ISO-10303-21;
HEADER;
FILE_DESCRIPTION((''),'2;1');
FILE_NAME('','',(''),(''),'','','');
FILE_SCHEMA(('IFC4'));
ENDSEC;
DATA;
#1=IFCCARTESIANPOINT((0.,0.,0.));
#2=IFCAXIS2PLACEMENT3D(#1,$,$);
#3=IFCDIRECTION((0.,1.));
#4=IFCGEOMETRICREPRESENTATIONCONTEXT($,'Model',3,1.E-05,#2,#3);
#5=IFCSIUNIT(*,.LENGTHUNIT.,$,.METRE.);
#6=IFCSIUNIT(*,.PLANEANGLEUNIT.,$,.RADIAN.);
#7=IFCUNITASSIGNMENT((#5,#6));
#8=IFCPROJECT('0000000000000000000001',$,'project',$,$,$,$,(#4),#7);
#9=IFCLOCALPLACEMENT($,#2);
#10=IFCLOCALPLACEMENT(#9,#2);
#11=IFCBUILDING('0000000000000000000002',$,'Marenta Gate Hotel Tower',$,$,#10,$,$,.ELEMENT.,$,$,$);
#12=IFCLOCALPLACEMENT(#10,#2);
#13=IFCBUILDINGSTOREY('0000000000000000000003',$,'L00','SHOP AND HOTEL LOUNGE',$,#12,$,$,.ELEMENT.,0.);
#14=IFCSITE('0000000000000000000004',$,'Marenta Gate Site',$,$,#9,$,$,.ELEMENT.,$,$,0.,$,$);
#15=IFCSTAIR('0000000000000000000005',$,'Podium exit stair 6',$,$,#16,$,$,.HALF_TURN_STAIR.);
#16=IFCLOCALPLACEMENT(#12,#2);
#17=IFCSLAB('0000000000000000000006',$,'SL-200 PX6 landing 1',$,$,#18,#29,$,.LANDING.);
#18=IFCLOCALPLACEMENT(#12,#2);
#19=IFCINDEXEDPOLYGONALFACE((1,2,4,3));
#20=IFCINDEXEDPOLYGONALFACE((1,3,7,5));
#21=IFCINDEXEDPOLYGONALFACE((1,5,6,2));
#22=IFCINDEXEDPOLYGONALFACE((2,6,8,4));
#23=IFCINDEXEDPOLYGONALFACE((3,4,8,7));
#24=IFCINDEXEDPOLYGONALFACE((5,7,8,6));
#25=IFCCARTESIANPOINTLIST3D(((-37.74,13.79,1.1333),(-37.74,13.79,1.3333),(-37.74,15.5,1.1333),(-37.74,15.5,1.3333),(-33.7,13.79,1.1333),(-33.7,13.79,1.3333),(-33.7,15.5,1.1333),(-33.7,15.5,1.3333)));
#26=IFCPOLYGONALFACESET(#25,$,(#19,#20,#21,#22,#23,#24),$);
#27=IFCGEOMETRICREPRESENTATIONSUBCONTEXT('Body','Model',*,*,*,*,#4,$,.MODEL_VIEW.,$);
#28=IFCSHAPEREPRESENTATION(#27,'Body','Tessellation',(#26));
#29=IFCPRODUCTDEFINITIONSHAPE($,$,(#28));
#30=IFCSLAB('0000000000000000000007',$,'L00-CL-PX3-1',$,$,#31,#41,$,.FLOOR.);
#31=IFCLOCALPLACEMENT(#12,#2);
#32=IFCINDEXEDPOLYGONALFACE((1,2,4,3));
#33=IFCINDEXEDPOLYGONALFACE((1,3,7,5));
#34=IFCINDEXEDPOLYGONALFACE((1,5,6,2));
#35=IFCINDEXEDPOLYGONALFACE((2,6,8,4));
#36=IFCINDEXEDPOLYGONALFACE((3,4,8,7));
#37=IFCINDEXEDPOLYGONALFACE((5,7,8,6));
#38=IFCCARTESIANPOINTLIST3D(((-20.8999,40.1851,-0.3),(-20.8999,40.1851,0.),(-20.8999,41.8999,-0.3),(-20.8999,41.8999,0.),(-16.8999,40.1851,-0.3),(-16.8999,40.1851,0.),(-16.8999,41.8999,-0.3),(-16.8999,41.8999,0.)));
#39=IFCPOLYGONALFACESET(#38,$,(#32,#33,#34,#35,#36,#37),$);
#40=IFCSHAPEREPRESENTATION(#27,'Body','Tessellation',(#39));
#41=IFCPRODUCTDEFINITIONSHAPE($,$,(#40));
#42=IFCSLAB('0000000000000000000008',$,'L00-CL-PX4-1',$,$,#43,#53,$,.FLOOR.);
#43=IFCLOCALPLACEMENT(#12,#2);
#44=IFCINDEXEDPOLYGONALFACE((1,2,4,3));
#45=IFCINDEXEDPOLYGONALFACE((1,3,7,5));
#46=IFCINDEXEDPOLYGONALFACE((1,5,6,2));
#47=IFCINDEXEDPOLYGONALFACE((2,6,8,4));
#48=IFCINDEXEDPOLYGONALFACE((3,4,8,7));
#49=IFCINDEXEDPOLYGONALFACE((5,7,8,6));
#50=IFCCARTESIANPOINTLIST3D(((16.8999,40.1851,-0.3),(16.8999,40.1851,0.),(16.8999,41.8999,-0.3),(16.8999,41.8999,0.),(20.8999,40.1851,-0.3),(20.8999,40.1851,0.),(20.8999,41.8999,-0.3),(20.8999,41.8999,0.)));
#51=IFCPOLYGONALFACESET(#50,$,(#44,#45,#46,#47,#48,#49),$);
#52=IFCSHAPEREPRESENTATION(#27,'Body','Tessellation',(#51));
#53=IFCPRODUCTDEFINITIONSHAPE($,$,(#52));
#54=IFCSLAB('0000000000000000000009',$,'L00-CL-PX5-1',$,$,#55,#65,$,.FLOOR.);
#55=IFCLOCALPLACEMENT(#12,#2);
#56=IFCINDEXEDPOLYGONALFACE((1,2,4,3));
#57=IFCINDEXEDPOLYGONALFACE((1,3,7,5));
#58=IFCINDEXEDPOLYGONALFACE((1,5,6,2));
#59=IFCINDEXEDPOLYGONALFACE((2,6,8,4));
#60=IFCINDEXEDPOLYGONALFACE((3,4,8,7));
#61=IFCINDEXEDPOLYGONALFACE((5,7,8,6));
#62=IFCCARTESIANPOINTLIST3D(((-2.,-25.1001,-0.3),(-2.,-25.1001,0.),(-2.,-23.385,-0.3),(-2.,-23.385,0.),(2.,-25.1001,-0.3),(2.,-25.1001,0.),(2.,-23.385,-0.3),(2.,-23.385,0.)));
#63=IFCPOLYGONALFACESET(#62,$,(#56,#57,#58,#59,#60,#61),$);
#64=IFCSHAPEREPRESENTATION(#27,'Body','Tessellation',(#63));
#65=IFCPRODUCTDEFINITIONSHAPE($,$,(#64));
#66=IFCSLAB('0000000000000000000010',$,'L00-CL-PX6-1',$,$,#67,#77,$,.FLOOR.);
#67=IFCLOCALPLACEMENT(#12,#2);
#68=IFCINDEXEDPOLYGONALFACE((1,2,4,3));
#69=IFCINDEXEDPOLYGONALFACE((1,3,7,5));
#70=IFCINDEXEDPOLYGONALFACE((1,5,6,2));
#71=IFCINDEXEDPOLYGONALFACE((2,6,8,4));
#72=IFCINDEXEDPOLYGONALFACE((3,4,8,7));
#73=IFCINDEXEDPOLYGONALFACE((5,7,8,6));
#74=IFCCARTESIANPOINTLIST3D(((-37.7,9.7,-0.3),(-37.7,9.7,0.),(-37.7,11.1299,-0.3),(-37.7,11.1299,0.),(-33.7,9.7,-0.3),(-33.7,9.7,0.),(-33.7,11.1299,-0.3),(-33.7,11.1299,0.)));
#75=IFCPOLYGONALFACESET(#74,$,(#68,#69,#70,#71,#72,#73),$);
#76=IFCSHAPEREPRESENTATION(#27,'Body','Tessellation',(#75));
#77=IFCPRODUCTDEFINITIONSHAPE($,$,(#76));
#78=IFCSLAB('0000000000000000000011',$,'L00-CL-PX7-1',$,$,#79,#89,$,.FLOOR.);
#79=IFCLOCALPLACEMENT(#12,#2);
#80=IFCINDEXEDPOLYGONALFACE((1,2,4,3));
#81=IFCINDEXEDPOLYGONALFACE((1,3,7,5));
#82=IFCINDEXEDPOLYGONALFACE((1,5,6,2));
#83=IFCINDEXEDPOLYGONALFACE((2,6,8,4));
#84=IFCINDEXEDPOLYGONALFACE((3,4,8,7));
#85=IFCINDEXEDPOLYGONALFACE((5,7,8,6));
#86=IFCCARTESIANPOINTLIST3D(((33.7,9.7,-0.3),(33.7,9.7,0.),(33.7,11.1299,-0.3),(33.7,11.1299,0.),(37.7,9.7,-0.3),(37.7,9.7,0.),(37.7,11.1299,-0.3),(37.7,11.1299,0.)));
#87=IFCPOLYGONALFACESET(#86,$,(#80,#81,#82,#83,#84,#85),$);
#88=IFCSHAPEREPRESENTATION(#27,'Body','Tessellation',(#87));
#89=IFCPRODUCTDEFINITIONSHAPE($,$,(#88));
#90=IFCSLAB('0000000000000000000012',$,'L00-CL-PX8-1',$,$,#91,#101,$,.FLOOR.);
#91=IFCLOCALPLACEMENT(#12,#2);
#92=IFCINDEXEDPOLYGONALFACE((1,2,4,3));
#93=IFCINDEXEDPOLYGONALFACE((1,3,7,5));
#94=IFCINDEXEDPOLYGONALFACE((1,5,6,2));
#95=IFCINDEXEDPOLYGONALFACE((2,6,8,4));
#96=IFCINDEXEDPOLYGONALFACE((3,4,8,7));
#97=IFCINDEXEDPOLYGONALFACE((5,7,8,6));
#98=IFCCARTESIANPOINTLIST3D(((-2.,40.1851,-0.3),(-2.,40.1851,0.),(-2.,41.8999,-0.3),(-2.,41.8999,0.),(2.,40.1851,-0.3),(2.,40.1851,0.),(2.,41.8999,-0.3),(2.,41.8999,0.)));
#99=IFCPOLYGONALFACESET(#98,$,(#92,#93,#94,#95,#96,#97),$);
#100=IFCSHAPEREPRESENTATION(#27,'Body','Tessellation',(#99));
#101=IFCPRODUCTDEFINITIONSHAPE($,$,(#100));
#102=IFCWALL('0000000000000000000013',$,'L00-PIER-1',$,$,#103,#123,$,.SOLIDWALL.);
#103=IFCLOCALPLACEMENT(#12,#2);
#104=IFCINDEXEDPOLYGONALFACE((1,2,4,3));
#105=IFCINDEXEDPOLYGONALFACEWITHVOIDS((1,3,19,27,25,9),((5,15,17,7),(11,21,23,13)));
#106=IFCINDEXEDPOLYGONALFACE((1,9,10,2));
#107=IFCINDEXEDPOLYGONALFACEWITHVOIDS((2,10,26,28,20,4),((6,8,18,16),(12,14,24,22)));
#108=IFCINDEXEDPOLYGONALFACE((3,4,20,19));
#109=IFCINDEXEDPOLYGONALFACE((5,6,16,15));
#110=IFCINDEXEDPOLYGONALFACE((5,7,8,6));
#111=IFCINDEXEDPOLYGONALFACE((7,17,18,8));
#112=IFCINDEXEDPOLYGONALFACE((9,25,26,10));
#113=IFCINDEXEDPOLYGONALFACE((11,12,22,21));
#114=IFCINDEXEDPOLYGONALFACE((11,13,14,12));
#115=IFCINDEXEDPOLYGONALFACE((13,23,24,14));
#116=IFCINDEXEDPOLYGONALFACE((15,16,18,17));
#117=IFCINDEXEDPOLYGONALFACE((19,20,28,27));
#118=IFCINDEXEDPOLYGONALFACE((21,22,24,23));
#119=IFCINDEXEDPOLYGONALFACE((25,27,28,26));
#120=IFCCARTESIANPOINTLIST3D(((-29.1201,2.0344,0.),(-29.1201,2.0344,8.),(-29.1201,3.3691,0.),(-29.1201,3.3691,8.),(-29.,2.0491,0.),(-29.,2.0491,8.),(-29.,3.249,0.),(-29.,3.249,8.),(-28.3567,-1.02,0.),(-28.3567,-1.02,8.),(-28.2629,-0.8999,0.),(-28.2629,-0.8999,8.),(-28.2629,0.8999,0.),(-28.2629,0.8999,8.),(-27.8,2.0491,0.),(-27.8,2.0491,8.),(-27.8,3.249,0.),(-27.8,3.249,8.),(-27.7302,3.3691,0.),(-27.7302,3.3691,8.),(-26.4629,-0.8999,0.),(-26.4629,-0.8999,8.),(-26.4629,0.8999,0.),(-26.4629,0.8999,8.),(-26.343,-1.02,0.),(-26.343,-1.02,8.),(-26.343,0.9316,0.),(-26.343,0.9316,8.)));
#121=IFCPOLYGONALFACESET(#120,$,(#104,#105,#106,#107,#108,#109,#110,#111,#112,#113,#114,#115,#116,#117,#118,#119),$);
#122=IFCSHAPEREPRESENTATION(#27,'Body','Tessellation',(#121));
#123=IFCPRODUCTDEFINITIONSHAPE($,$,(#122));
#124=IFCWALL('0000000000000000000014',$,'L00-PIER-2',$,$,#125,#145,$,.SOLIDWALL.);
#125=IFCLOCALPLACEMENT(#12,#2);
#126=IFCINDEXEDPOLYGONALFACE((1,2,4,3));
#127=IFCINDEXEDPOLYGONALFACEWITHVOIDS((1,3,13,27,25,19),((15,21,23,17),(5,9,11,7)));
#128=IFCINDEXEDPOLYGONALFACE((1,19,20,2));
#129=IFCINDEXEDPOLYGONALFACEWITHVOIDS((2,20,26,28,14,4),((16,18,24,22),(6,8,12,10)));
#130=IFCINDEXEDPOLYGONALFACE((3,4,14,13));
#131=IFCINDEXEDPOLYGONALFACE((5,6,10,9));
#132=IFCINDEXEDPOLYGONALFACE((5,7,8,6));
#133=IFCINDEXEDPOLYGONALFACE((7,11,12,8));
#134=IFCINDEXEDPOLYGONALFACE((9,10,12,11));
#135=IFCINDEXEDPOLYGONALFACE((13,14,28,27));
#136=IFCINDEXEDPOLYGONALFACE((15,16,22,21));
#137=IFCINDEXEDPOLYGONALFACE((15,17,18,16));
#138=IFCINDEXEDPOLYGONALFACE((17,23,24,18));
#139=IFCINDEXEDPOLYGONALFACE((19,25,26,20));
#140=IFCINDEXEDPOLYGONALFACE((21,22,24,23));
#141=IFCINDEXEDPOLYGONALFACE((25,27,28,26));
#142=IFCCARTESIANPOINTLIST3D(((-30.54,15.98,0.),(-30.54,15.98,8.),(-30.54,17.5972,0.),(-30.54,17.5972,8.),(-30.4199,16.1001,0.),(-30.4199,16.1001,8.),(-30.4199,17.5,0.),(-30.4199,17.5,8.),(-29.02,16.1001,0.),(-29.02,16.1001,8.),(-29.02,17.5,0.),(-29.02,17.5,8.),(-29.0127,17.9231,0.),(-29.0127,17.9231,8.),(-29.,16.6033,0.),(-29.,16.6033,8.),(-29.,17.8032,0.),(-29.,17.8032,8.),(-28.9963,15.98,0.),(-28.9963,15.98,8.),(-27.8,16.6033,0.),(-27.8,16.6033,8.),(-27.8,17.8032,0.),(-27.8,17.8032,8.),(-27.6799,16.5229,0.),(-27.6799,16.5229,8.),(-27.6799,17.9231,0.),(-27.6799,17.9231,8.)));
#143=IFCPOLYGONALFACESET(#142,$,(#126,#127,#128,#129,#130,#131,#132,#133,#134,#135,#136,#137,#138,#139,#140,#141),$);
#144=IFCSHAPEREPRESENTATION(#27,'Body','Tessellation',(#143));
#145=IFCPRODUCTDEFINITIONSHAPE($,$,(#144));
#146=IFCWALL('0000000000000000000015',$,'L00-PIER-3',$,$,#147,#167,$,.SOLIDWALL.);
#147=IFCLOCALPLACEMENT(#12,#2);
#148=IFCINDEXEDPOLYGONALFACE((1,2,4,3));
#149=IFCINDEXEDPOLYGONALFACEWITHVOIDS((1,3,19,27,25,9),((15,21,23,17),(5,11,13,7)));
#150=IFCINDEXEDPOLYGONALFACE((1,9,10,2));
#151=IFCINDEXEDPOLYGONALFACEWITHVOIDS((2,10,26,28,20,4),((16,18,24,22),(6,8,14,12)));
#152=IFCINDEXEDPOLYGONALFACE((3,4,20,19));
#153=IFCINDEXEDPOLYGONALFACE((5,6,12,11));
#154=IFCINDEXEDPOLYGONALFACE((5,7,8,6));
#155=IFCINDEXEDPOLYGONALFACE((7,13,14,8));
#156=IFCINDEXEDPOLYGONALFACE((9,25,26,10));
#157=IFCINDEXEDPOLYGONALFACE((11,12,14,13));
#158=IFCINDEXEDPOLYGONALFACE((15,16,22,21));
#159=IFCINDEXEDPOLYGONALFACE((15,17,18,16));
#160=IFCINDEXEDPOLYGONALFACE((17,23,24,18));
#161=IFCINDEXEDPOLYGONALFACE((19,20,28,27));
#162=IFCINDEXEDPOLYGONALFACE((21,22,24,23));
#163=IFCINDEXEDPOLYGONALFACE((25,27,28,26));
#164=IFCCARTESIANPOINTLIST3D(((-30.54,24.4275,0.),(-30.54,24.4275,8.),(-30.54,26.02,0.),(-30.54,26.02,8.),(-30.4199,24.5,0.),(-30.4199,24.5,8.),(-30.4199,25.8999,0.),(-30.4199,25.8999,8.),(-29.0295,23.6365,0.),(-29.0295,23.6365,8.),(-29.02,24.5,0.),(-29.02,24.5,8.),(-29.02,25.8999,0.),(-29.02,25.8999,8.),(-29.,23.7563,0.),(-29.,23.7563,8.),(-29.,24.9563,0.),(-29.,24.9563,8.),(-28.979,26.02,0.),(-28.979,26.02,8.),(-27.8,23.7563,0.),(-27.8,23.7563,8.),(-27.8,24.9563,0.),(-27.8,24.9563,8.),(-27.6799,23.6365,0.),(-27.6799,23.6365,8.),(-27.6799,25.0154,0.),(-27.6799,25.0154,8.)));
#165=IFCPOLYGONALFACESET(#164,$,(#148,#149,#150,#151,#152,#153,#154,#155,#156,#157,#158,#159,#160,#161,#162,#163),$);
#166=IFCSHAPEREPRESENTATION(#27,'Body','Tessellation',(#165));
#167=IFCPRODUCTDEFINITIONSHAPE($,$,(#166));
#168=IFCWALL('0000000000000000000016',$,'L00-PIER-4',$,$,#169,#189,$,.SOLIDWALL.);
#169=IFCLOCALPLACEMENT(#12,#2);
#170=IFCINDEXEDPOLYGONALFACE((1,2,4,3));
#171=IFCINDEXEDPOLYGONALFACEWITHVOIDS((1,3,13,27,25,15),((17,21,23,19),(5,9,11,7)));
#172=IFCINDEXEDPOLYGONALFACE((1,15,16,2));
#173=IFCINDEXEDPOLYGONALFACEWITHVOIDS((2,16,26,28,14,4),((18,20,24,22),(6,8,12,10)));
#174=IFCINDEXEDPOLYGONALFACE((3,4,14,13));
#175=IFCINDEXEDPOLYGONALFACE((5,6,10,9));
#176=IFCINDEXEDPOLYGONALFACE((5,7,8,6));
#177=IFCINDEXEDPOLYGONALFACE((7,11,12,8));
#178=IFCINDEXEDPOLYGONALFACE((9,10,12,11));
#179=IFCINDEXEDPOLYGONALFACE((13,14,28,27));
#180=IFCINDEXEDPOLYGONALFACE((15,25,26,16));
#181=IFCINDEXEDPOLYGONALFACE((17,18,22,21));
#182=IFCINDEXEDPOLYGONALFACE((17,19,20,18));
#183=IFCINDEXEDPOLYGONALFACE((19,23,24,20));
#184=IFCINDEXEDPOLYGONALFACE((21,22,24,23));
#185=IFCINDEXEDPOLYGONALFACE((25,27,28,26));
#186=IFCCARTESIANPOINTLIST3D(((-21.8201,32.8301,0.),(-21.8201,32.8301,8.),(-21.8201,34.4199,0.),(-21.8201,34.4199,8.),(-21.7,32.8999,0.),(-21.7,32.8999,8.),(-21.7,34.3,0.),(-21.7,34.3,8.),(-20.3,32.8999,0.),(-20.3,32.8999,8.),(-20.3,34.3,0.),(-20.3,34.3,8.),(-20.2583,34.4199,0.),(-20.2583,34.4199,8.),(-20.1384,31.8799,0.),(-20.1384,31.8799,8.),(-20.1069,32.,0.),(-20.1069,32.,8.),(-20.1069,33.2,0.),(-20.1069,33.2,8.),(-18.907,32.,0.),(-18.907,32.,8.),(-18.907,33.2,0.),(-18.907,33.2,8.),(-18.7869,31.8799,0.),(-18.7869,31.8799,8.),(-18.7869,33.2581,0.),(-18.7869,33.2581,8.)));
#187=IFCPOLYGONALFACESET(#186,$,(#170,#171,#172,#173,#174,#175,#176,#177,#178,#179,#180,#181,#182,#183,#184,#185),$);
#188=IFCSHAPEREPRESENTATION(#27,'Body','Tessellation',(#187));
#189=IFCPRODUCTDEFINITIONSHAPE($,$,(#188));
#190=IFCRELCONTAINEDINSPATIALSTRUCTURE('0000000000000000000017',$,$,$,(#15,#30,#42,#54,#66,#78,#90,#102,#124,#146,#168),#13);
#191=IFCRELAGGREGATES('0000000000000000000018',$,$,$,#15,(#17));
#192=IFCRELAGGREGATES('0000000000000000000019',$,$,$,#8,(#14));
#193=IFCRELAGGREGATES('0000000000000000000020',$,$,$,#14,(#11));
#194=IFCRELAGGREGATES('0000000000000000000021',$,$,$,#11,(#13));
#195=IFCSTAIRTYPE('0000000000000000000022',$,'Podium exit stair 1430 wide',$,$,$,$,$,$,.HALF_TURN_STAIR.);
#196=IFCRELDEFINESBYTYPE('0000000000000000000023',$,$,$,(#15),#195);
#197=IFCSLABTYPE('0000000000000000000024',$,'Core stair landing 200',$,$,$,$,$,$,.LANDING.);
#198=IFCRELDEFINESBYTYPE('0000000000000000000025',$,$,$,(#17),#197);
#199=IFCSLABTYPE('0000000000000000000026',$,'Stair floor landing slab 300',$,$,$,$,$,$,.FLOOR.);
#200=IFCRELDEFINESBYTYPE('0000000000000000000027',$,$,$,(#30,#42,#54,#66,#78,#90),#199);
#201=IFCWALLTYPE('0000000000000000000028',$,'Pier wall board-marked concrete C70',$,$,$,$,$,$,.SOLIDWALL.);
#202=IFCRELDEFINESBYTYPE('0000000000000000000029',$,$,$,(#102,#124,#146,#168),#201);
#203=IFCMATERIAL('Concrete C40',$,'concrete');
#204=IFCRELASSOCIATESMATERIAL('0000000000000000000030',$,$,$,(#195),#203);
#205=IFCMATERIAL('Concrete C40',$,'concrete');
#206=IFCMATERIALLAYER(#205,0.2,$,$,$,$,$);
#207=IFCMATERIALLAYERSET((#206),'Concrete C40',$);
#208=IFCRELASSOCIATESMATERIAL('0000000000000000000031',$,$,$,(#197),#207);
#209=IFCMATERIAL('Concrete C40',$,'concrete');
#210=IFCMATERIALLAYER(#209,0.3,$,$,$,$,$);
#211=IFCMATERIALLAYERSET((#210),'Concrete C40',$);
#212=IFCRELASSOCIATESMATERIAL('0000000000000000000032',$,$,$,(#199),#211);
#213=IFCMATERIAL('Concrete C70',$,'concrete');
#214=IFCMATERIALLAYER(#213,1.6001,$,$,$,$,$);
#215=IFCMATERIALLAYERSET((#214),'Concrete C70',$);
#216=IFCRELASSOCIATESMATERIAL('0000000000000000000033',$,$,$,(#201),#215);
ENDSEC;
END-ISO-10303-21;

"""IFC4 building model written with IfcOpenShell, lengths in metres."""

from ifc_helpers import new_model, si_unit, direction, frame, origin, place, context, subcontext, project, spatial, polyline, outline, extrude, material, layer, layer_set, type_object, element, aggregate, save


model = new_model("IFC4")

# Units and contexts
model_context = context("Model", 3, precision=1e-05, world=origin(), true_north=direction((0.0, 1.0)))
body_context = subcontext(model_context, "Body", "Model", "MODEL_VIEW")
ifc_project = project(units=[si_unit("LENGTHUNIT", "METRE"), si_unit("PLANEANGLEUNIT", "RADIAN")], contexts=[model_context])

# Site, building, storey
site_placement = place(None, origin())
site = spatial("IfcSite", under=ifc_project, at=site_placement, Name="Marenta Gate Site", CompositionType="ELEMENT", RefElevation=0.0)
building_placement = place(site_placement, origin())
building = spatial("IfcBuilding", under=site, at=building_placement, Name="Marenta Gate Hotel Tower", CompositionType="ELEMENT")
storey_placement = place(building_placement, origin())
storey = spatial("IfcBuildingStorey", under=building, at=storey_placement, Name="L00", Description="SHOP AND HOTEL LOUNGE", CompositionType="ELEMENT", Elevation=0.0)

# Stair, slab
ifc_material_1 = material(Name="Concrete C40", Category="concrete")
stair_type = type_object("IfcStairType", Name="Podium exit stair 1430 wide", PredefinedType="HALF_TURN_STAIR", material=ifc_material_1)
ifc_material_2 = material(Name="Concrete C40", Category="concrete")
ifc_layer_1 = layer(ifc_material_2, 0.2)
ifc_layer_set_1 = layer_set([ifc_layer_1], Name="Concrete C40")
slab_type_1 = type_object("IfcSlabType", Name="Core stair landing 200", PredefinedType="LANDING", material=ifc_layer_set_1)
stair_1_placement = place(storey_placement, origin())
stair_1 = element("IfcStair", 1, at=stair_1_placement, inside=storey, type_object=stair_type, Name="Podium exit stair 6", PredefinedType="HALF_TURN_STAIR")
slab_1_placement = place(storey_placement, frame((0.0, 0.0, 1.1333)))
slab_1 = element("IfcSlab", 2, at=slab_1_placement, type_object=slab_type_1, Name="SL-200 PX6 landing 1", PredefinedType="LANDING", context=body_context, shape_type="SweptSolid", body=[
    extrude(outline(polyline([(-37.74, 13.79), (-33.7, 13.79), (-33.7, 15.5), (-37.74, 15.5), (-37.74, 13.79)])), origin(), (0.0, 0.0, 1.0), 0.2),
])
aggregate(stair_1, [slab_1])

# Slabs
ifc_material_3 = material(Name="Concrete C40", Category="concrete")
ifc_layer_2 = layer(ifc_material_3, 0.3)
ifc_layer_set_2 = layer_set([ifc_layer_2], Name="Concrete C40")
slab_type_2 = type_object("IfcSlabType", Name="Stair floor landing slab 300", PredefinedType="FLOOR", material=ifc_layer_set_2)
slab_2_placement = place(storey_placement, frame((0.0, 0.0, -0.3)))
element("IfcSlab", 3, at=slab_2_placement, inside=storey, type_object=slab_type_2, Name="L00-CL-PX3-1", PredefinedType="FLOOR", context=body_context, shape_type="SweptSolid", body=[
    extrude(outline(polyline([(-16.8999, 40.1851), (-20.8999, 40.1851), (-20.8999, 41.8999), (-16.8999, 41.8999), (-16.8999, 40.1851)])), origin(), (0.0, 0.0, 1.0), 0.3),
])
slab_3_placement = place(storey_placement, frame((0.0, 0.0, -0.3)))
element("IfcSlab", 4, at=slab_3_placement, inside=storey, type_object=slab_type_2, Name="L00-CL-PX4-1", PredefinedType="FLOOR", context=body_context, shape_type="SweptSolid", body=[
    extrude(outline(polyline([(20.8999, 40.1851), (16.8999, 40.1851), (16.8999, 41.8999), (20.8999, 41.8999), (20.8999, 40.1851)])), origin(), (0.0, 0.0, 1.0), 0.3),
])
slab_4_placement = place(storey_placement, frame((0.0, 0.0, -0.3)))
element("IfcSlab", 5, at=slab_4_placement, inside=storey, type_object=slab_type_2, Name="L00-CL-PX5-1", PredefinedType="FLOOR", context=body_context, shape_type="SweptSolid", body=[
    extrude(outline(polyline([(2.0, -25.1001), (-2.0, -25.1001), (-2.0, -23.385), (2.0, -23.385), (2.0, -25.1001)])), origin(), (0.0, 0.0, 1.0), 0.3),
])
slab_5_placement = place(storey_placement, frame((0.0, 0.0, -0.3)))
element("IfcSlab", 6, at=slab_5_placement, inside=storey, type_object=slab_type_2, Name="L00-CL-PX6-1", PredefinedType="FLOOR", context=body_context, shape_type="SweptSolid", body=[
    extrude(outline(polyline([(-33.7, 9.7), (-37.7, 9.7), (-37.7, 11.1299), (-33.7, 11.1299), (-33.7, 9.7)])), origin(), (0.0, 0.0, 1.0), 0.3),
])
slab_6_placement = place(storey_placement, frame((0.0, 0.0, -0.3)))
element("IfcSlab", 7, at=slab_6_placement, inside=storey, type_object=slab_type_2, Name="L00-CL-PX7-1", PredefinedType="FLOOR", context=body_context, shape_type="SweptSolid", body=[
    extrude(outline(polyline([(37.7, 9.7), (33.7, 9.7), (33.7, 11.1299), (37.7, 11.1299), (37.7, 9.7)])), origin(), (0.0, 0.0, 1.0), 0.3),
])
slab_7_placement = place(storey_placement, frame((0.0, 0.0, -0.3)))
element("IfcSlab", 8, at=slab_7_placement, inside=storey, type_object=slab_type_2, Name="L00-CL-PX8-1", PredefinedType="FLOOR", context=body_context, shape_type="SweptSolid", body=[
    extrude(outline(polyline([(2.0, 40.1851), (-2.0, 40.1851), (-2.0, 41.8999), (2.0, 41.8999), (2.0, 40.1851)])), origin(), (0.0, 0.0, 1.0), 0.3),
])

# Walls
ifc_material_4 = material(Name="Concrete C70", Category="concrete")
ifc_layer_3 = layer(ifc_material_4, 1.6001)
ifc_layer_set_3 = layer_set([ifc_layer_3], Name="Concrete C70")
wall_type = type_object("IfcWallType", Name="Pier wall board-marked concrete C70", PredefinedType="SOLIDWALL", material=ifc_layer_set_3)
wall_1_placement = place(storey_placement, origin())
element("IfcWall", 9, at=wall_1_placement, inside=storey, type_object=wall_type, Name="L00-PIER-1", PredefinedType="SOLIDWALL", context=body_context, shape_type="SweptSolid", body=[
    extrude(outline(polyline([(-29.1201, 3.3691), (-27.7302, 3.3691), (-26.343, 0.9316), (-26.343, -1.02), (-28.3567, -1.02), (-29.1201, 2.0344), (-29.1201, 3.3691)]), holes=[polyline([(-26.4629, -0.8999), (-26.4629, 0.8999), (-28.2629, 0.8999), (-28.2629, -0.8999), (-26.4629, -0.8999)]), polyline([(-27.8, 2.0491), (-27.8, 3.249), (-29.0, 3.249), (-29.0, 2.0491), (-27.8, 2.0491)])]), origin(), (0.0, 0.0, 1.0), 8.0),
])
wall_2_placement = place(storey_placement, origin())
element("IfcWall", 10, at=wall_2_placement, inside=storey, type_object=wall_type, Name="L00-PIER-2", PredefinedType="SOLIDWALL", context=body_context, shape_type="SweptSolid", body=[
    extrude(outline(polyline([(-30.54, 17.5972), (-29.0127, 17.9231), (-27.6799, 17.9231), (-27.6799, 16.5229), (-28.9963, 15.98), (-30.54, 15.98), (-30.54, 17.5972)]), holes=[polyline([(-29.0, 16.6033), (-27.8, 16.6033), (-27.8, 17.8032), (-29.0, 17.8032), (-29.0, 16.6033)]), polyline([(-30.4199, 16.1001), (-29.02, 16.1001), (-29.02, 17.5), (-30.4199, 17.5), (-30.4199, 16.1001)])]), origin(), (0.0, 0.0, 1.0), 8.0),
])
wall_3_placement = place(storey_placement, origin())
element("IfcWall", 11, at=wall_3_placement, inside=storey, type_object=wall_type, Name="L00-PIER-3", PredefinedType="SOLIDWALL", context=body_context, shape_type="SweptSolid", body=[
    extrude(outline(polyline([(-30.54, 24.4275), (-30.54, 26.02), (-28.979, 26.02), (-27.6799, 25.0154), (-27.6799, 23.6365), (-29.0295, 23.6365), (-30.54, 24.4275)]), holes=[polyline([(-29.0, 23.7563), (-27.8, 23.7563), (-27.8, 24.9563), (-29.0, 24.9563), (-29.0, 23.7563)]), polyline([(-30.4199, 24.5), (-29.02, 24.5), (-29.02, 25.8999), (-30.4199, 25.8999), (-30.4199, 24.5)])]), origin(), (0.0, 0.0, 1.0), 8.0),
])
wall_4_placement = place(storey_placement, origin())
element("IfcWall", 12, at=wall_4_placement, inside=storey, type_object=wall_type, Name="L00-PIER-4", PredefinedType="SOLIDWALL", context=body_context, shape_type="SweptSolid", body=[
    extrude(outline(polyline([(-21.8201, 34.4199), (-20.2583, 34.4199), (-18.7869, 33.2581), (-18.7869, 31.8799), (-20.1384, 31.8799), (-21.8201, 32.8301), (-21.8201, 34.4199)]), holes=[polyline([(-18.907, 32.0), (-18.907, 33.2), (-20.1069, 33.2), (-20.1069, 32.0), (-18.907, 32.0)]), polyline([(-20.3, 32.8999), (-20.3, 34.3), (-21.7, 34.3), (-21.7, 32.8999), (-20.3, 32.8999)])]), origin(), (0.0, 0.0, 1.0), 8.0),
])

save(model, "model.ifc")
